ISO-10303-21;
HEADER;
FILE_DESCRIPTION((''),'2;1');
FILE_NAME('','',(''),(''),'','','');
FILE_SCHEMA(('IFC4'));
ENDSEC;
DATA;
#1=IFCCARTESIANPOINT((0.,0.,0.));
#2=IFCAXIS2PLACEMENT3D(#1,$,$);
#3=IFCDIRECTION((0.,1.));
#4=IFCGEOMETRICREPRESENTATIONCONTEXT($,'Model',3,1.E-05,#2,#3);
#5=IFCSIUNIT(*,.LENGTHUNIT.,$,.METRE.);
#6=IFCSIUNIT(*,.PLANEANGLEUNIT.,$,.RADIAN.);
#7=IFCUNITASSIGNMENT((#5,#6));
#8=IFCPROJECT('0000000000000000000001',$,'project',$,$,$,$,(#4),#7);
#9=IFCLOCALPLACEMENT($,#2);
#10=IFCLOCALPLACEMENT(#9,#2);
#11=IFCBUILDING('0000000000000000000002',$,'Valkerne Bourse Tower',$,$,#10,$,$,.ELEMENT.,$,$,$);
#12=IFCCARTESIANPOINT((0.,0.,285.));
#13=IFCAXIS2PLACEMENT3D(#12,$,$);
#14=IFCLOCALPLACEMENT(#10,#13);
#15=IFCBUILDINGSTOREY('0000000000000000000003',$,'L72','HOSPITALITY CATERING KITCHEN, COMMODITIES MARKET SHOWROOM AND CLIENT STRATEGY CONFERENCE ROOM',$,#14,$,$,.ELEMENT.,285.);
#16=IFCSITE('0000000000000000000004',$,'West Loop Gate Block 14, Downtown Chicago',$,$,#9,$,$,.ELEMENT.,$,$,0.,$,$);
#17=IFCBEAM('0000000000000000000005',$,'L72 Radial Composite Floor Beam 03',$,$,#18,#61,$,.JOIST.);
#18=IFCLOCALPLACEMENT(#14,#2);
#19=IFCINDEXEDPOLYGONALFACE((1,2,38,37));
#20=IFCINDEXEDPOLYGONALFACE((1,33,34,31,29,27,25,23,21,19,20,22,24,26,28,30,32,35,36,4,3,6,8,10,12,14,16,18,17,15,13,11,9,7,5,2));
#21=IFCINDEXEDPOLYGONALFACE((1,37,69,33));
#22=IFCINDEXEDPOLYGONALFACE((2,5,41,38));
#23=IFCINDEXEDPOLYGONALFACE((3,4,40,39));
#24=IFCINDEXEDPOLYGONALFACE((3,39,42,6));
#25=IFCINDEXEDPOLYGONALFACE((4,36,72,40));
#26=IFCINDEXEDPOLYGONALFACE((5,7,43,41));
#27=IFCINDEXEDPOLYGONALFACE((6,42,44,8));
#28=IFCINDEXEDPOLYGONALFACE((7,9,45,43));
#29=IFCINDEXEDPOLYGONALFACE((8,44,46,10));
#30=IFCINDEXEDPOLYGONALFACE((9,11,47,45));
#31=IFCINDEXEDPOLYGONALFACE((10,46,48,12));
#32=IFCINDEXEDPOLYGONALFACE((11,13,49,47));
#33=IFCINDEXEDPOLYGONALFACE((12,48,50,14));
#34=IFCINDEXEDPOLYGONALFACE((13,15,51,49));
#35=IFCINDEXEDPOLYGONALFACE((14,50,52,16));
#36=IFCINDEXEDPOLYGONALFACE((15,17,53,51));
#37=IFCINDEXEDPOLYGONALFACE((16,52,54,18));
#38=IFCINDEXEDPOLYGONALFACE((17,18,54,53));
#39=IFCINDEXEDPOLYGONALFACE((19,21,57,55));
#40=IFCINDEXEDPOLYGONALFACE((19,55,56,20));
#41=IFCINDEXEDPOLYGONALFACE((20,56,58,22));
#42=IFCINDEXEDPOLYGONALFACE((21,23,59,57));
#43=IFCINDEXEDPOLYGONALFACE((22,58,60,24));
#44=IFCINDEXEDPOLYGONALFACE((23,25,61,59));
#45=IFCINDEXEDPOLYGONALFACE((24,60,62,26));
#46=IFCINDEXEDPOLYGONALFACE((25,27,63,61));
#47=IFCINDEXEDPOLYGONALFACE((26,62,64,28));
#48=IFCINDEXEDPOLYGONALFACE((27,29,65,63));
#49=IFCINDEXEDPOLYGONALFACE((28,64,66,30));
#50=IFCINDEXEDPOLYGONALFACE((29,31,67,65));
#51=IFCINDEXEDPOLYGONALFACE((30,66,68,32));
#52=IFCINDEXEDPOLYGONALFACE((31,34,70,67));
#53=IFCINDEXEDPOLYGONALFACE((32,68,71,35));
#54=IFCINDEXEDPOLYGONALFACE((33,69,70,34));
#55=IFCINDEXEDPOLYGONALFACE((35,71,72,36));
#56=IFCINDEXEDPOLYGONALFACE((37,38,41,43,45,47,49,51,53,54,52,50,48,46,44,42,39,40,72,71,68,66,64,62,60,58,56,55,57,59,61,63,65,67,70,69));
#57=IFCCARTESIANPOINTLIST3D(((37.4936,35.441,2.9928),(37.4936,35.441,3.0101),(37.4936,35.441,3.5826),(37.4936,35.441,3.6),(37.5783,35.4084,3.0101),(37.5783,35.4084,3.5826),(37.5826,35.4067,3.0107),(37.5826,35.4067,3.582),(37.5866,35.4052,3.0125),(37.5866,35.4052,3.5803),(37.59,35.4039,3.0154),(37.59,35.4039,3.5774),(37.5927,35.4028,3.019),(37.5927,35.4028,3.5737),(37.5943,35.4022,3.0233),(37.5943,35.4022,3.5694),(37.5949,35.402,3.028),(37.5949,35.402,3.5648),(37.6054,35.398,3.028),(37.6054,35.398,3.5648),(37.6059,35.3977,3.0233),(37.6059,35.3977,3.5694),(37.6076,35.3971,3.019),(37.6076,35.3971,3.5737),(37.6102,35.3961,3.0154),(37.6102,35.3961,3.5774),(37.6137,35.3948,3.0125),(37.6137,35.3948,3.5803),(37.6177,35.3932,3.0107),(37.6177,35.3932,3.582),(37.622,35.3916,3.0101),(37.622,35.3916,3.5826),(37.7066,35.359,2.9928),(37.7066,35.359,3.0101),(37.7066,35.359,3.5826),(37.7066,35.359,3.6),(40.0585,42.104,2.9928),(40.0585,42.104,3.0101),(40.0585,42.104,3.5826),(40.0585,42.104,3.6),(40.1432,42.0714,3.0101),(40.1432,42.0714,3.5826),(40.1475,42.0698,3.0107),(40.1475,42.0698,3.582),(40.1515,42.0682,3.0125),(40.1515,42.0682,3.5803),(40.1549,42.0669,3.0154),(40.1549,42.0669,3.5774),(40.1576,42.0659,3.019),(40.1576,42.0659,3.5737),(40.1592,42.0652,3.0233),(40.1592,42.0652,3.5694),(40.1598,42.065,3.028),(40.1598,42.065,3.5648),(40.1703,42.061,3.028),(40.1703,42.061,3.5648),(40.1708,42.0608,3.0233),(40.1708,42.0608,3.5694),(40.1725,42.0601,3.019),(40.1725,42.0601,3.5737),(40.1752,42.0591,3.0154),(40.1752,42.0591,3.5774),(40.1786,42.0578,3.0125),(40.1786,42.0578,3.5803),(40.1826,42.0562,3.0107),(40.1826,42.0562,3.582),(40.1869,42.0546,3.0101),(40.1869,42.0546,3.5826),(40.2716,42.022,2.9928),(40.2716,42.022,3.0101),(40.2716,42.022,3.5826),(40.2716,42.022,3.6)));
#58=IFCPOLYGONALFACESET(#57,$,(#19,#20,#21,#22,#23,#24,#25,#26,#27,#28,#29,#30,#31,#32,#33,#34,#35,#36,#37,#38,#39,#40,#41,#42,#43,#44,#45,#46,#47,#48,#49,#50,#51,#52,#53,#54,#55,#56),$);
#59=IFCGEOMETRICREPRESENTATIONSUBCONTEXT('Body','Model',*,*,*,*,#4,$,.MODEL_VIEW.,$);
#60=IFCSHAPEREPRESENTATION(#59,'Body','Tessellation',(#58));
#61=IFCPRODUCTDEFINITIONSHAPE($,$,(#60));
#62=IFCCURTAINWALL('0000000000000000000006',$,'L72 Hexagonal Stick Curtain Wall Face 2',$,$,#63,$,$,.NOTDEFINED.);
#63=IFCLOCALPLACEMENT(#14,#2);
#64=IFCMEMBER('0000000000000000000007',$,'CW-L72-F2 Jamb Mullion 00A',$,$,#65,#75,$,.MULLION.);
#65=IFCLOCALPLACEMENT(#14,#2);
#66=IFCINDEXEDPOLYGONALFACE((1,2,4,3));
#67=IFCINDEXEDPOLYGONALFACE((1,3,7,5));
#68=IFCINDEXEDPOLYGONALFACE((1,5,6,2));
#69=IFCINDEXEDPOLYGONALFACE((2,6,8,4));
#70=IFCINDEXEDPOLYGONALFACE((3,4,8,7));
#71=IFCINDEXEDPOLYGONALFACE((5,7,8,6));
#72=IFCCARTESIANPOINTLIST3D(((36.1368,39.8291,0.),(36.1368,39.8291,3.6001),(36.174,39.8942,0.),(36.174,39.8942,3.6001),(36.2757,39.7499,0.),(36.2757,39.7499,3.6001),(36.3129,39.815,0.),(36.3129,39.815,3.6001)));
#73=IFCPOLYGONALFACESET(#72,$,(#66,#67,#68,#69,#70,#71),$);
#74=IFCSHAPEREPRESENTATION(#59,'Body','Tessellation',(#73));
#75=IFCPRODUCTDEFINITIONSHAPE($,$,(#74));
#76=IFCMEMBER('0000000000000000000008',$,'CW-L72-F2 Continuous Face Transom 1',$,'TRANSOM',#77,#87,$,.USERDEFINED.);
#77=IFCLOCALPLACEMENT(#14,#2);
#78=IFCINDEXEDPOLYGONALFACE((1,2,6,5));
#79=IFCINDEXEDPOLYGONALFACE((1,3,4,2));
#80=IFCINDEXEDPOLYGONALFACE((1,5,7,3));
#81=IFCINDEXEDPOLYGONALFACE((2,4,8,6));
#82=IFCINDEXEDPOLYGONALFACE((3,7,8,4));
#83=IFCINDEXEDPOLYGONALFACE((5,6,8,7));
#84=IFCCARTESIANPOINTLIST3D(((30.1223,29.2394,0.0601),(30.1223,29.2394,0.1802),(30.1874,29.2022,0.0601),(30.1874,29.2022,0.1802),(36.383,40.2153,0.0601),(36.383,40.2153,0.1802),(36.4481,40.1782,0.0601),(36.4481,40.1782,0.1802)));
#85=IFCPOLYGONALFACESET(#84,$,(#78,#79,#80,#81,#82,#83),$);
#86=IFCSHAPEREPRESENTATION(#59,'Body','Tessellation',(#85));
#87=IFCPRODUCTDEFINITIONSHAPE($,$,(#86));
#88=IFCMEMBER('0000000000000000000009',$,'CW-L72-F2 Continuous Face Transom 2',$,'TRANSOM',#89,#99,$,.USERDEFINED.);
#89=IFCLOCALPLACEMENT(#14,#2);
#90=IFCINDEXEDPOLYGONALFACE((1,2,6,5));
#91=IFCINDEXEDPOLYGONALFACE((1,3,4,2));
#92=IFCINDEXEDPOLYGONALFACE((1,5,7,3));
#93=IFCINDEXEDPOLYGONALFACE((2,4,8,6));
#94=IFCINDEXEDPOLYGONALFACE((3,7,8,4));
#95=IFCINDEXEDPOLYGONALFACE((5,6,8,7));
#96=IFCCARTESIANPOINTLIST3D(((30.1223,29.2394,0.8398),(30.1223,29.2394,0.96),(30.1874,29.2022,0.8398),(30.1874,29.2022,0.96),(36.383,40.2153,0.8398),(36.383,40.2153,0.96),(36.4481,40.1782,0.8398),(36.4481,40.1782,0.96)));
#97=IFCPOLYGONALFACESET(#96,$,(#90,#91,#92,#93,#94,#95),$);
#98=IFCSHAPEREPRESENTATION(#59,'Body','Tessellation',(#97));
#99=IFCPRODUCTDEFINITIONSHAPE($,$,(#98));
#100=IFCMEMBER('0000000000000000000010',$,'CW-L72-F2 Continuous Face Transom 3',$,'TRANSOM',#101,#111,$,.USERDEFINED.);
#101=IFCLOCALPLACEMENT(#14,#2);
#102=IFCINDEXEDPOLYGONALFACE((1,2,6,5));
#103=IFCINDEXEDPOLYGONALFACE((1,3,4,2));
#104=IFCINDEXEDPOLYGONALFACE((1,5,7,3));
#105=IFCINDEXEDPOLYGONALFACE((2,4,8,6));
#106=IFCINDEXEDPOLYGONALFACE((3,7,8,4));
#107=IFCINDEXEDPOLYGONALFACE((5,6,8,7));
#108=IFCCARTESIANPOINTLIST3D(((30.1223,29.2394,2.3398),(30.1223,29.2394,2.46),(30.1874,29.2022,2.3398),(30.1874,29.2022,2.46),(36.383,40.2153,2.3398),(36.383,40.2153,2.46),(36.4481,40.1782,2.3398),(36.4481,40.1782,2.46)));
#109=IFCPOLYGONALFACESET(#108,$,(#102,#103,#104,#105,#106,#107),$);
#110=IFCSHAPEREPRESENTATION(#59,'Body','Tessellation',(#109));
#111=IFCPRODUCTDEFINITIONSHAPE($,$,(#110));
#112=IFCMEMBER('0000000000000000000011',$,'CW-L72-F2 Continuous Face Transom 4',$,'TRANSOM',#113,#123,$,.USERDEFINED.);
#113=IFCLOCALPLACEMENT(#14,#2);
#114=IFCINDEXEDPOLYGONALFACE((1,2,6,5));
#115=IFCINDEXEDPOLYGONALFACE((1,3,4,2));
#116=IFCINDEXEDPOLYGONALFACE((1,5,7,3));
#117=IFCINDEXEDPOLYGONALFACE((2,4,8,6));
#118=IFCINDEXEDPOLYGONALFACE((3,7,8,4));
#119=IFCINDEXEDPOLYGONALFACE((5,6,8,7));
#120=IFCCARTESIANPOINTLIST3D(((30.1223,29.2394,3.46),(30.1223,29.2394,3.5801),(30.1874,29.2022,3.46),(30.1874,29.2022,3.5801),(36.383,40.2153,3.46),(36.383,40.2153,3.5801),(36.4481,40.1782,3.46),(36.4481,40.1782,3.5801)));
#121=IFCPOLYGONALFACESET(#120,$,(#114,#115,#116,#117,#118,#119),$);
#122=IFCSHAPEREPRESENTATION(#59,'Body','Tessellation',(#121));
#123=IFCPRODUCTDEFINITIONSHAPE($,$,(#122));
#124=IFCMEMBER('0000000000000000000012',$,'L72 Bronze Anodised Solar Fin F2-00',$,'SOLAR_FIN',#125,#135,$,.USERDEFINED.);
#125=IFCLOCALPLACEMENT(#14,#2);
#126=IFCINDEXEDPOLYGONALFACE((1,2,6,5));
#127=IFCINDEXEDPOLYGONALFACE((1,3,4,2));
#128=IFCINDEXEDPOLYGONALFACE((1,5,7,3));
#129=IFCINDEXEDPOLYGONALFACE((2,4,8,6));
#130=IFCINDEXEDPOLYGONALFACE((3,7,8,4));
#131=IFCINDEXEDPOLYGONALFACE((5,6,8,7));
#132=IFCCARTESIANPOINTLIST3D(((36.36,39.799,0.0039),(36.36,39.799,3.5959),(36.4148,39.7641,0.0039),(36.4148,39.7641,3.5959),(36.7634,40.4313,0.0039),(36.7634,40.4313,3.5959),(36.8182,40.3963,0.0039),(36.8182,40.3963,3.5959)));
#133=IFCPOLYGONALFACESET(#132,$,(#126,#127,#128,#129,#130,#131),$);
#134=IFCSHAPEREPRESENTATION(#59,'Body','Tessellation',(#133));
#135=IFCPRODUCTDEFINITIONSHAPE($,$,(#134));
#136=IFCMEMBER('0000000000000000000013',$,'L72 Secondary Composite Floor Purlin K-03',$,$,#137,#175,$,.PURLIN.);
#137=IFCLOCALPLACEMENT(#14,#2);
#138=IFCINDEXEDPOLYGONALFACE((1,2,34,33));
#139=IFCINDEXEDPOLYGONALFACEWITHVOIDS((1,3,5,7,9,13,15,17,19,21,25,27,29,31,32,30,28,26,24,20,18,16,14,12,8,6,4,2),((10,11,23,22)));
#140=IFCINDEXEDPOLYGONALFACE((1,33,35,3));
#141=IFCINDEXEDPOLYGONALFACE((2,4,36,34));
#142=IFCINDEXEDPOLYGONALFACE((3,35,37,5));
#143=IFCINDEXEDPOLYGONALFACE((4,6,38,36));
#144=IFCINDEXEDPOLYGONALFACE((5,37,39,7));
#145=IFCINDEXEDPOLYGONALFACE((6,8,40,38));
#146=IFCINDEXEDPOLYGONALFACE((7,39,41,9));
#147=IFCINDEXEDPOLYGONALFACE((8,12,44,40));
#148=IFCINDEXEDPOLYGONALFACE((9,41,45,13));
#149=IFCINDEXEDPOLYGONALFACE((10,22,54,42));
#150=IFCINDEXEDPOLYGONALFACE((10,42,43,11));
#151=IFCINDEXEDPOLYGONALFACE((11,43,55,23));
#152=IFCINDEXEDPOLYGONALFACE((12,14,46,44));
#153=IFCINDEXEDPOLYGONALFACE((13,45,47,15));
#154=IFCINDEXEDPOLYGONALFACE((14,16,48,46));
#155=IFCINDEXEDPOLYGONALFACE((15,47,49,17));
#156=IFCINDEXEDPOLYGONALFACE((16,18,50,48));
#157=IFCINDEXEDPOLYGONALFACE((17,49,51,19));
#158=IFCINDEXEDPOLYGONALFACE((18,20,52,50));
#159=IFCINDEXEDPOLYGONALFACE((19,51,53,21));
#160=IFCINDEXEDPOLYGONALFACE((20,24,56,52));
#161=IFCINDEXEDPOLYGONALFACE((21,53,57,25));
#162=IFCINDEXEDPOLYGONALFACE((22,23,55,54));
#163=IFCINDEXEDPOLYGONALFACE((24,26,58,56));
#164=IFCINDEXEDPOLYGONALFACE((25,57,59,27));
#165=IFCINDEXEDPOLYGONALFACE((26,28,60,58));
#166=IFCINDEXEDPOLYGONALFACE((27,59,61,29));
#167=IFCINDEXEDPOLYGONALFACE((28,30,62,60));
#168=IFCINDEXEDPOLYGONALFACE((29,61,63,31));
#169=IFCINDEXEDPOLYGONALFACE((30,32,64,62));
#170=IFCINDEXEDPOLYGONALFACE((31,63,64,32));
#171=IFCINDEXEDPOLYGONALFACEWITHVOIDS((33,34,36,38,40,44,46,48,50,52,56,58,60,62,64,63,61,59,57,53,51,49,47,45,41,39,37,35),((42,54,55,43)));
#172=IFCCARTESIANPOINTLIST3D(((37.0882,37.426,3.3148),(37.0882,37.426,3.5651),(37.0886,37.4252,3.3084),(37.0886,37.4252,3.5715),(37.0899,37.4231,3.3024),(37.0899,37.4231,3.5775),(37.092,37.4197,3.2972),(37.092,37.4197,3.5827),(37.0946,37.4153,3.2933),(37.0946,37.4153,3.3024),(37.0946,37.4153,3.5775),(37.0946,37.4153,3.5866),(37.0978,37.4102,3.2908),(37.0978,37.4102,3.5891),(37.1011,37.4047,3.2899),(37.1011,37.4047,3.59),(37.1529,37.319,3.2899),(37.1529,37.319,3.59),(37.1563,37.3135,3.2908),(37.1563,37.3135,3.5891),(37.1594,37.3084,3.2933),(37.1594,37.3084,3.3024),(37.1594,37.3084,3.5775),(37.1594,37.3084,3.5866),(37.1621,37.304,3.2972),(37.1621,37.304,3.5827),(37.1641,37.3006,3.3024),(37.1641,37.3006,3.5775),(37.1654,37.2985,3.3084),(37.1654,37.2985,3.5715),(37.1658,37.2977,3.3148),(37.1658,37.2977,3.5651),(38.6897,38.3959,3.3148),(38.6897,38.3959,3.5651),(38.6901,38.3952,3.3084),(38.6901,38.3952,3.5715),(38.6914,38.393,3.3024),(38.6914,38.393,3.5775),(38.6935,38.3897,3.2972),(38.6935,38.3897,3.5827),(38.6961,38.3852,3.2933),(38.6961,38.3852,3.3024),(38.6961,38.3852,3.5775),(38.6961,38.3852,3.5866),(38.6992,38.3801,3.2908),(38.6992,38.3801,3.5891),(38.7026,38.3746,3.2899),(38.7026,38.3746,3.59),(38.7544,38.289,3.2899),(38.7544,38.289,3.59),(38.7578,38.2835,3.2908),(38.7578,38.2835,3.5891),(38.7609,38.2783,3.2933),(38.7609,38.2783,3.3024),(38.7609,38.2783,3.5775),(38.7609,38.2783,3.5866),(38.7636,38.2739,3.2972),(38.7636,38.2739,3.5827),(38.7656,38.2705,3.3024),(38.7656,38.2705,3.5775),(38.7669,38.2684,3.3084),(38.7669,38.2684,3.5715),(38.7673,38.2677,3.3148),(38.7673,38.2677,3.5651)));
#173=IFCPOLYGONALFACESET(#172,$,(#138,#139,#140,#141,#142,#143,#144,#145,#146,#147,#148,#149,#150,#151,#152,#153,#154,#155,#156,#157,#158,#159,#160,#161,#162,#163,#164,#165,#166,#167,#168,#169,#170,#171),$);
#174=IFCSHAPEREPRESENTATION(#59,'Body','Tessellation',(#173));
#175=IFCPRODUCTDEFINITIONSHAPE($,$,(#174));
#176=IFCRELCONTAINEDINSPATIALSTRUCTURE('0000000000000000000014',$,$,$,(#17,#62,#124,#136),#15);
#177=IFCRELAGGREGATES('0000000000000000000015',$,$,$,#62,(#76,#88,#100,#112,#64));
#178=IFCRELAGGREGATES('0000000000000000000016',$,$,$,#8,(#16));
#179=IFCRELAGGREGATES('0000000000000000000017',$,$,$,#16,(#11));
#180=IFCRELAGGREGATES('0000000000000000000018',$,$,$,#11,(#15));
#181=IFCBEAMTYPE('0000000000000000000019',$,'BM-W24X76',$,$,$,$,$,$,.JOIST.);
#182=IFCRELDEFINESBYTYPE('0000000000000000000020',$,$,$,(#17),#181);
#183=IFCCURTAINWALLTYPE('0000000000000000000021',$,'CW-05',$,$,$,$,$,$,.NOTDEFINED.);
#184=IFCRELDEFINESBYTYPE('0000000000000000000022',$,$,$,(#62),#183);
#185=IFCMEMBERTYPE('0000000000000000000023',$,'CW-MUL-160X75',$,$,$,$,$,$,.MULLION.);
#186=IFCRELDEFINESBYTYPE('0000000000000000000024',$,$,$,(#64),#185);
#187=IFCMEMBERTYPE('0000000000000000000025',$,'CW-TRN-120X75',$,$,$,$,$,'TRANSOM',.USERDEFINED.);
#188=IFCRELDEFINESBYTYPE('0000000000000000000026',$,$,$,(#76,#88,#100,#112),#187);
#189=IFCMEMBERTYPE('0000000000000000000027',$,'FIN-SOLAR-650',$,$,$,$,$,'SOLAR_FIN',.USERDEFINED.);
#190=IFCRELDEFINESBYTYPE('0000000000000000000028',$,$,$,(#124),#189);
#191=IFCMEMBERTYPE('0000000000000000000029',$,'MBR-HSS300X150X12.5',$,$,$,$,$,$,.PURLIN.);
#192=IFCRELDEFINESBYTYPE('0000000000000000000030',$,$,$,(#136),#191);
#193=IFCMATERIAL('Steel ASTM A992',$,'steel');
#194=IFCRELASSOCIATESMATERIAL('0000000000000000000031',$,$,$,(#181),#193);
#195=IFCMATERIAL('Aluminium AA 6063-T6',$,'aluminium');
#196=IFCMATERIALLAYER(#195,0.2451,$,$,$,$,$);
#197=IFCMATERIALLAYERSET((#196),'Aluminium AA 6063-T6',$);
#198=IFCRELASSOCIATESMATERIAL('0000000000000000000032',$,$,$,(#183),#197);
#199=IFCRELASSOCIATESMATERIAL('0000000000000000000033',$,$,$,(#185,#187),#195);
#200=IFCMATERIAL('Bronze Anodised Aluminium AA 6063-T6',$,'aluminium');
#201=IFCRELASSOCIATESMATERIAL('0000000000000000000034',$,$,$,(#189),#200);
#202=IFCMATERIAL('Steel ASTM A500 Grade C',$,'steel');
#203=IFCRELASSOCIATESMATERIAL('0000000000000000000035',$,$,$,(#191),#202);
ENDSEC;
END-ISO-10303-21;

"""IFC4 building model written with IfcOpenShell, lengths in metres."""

from ifc_helpers import new_model, si_unit, direction, frame, origin, origin_2d, place, context, subcontext, project, spatial, rectangle, hollow_rectangle, i_section, extrude, material, layer, layer_set, material_profile, profile_set, type_object, element, aggregate, save


model = new_model("IFC4")

# Units and contexts
model_context = context("Model", 3, precision=1e-05, world=origin(), true_north=direction((0.0, 1.0)))
body_context = subcontext(model_context, "Body", "Model", "MODEL_VIEW")
ifc_project = project(units=[si_unit("LENGTHUNIT", "METRE"), si_unit("PLANEANGLEUNIT", "RADIAN")], contexts=[model_context])

# Site, building, storey
site_placement = place(None, origin())
site = spatial("IfcSite", under=ifc_project, at=site_placement, Name="West Loop Gate Block 14, Downtown Chicago", CompositionType="ELEMENT", RefElevation=0.0)
building_placement = place(site_placement, origin())
building = spatial("IfcBuilding", under=site, at=building_placement, Name="Valkerne Bourse Tower", CompositionType="ELEMENT")
storey_placement = place(building_placement, frame((0.0, 0.0, 285.0)))
storey = spatial("IfcBuildingStorey", under=building, at=storey_placement, Name="L72", Description="HOSPITALITY CATERING KITCHEN, COMMODITIES MARKET SHOWROOM AND CLIENT STRATEGY CONFERENCE ROOM", CompositionType="ELEMENT", Elevation=285.0)

# Beam
ifc_material_1 = material(Name="Steel ASTM A992", Category="steel")
ifc_material_profile_1 = material_profile(ifc_material_1, i_section(OverallWidth=0.2283, OverallDepth=0.6072, WebThickness=0.0112, FlangeThickness=0.0173, FilletRadius=0.0178, at=origin_2d()), Name="W24X76")
ifc_profile_set_1 = profile_set([ifc_material_profile_1], Name="Steel ASTM A992")
beam_type_1 = type_object("IfcBeamType", Name="BM-W24X76", PredefinedType="JOIST", material=ifc_profile_set_1)
beam_1_placement = place(storey_placement, frame((40.165, 42.063, 3.2964), z_axis=(-0.359249, -0.933242, 0.0), x_axis=(0.933242, -0.359249, 0.0)))
element("IfcBeam", 1, at=beam_1_placement, inside=storey, type_object=beam_type_1, Name="L72 Radial Composite Floor Beam 03", PredefinedType="JOIST", context=body_context, shape_type="SweptSolid", body=[
    extrude(i_section(OverallWidth=0.2283, OverallDepth=0.6072, WebThickness=0.0112, FlangeThickness=0.0173, FilletRadius=0.0178, at=origin_2d()), origin(), (0.0, 0.0, 1.0), 7.1396),
])

# Curtain wall, members
ifc_material_2 = material(Name="Aluminium AA 6063-T6", Category="aluminium")
ifc_layer_1 = layer(ifc_material_2, 0.2451)
ifc_layer_set_1 = layer_set([ifc_layer_1], Name="Aluminium AA 6063-T6")
curtain_wall_type = type_object("IfcCurtainWallType", Name="CW-05", PredefinedType="NOTDEFINED", material=ifc_layer_set_1)
curtain_wall_placement = place(storey_placement, origin())
curtain_wall = element("IfcCurtainWall", 2, at=curtain_wall_placement, inside=storey, type_object=curtain_wall_type, Name="L72 Hexagonal Stick Curtain Wall Face 2", PredefinedType="NOTDEFINED")
ifc_material_profile_2 = material_profile(ifc_material_2, rectangle(XDim=0.075, YDim=0.1599, at=origin_2d()), Name="CWM-75X160")
ifc_profile_set_2 = profile_set([ifc_material_profile_2], Name="Aluminium AA 6063-T6")
member_type_1 = type_object("IfcMemberType", Name="CW-MUL-160X75", PredefinedType="MULLION", material=ifc_profile_set_2)
member_1_placement = place(storey_placement, frame((36.2249, 39.822, 0.0), z_axis=(0.0, 0.0, 1.0), x_axis=(-0.495461, -0.86863, 0.0)))
member_1 = element("IfcMember", 3, at=member_1_placement, type_object=member_type_1, Name="CW-L72-F2 Jamb Mullion 00A", PredefinedType="MULLION", context=body_context, shape_type="SweptSolid", body=[
    extrude(rectangle(XDim=0.075, YDim=0.1599, at=origin_2d()), origin(), (0.0, 0.0, 1.0), 3.6001),
])
ifc_material_profile_3 = material_profile(ifc_material_2, rectangle(XDim=0.075, YDim=0.1201, at=origin_2d()), Name="CWT-75X120")
ifc_profile_set_3 = profile_set([ifc_material_profile_3], Name="Aluminium AA 6063-T6")
member_type_2 = type_object("IfcMemberType", Name="CW-TRN-120X75", ElementType="TRANSOM", PredefinedType="USERDEFINED", material=ifc_profile_set_3)
member_2_placement = place(storey_placement, frame((36.4155, 40.1968, 0.1201), z_axis=(-0.495465, -0.868628, 0.0), x_axis=(0.868628, -0.495465, 0.0)))
member_2 = element("IfcMember", 4, at=member_2_placement, type_object=member_type_2, Name="CW-L72-F2 Continuous Face Transom 1", ObjectType="TRANSOM", PredefinedType="USERDEFINED", context=body_context, shape_type="SweptSolid", body=[
    extrude(rectangle(XDim=0.075, YDim=0.1201, at=origin_2d()), origin(), (0.0, 0.0, 1.0), 12.636),
])
member_3_placement = place(storey_placement, frame((36.4155, 40.1968, 0.8999), z_axis=(-0.495465, -0.868628, 0.0), x_axis=(0.868628, -0.495465, 0.0)))
member_3 = element("IfcMember", 5, at=member_3_placement, type_object=member_type_2, Name="CW-L72-F2 Continuous Face Transom 2", ObjectType="TRANSOM", PredefinedType="USERDEFINED", context=body_context, shape_type="SweptSolid", body=[
    extrude(rectangle(XDim=0.075, YDim=0.1201, at=origin_2d()), origin(), (0.0, 0.0, 1.0), 12.636),
])
member_4_placement = place(storey_placement, frame((36.4155, 40.1968, 2.3999), z_axis=(-0.495465, -0.868628, 0.0), x_axis=(0.868628, -0.495465, 0.0)))
member_4 = element("IfcMember", 6, at=member_4_placement, type_object=member_type_2, Name="CW-L72-F2 Continuous Face Transom 3", ObjectType="TRANSOM", PredefinedType="USERDEFINED", context=body_context, shape_type="SweptSolid", body=[
    extrude(rectangle(XDim=0.075, YDim=0.1201, at=origin_2d()), origin(), (0.0, 0.0, 1.0), 12.636),
])
member_5_placement = place(storey_placement, frame((36.4155, 40.1968, 3.52), z_axis=(-0.495465, -0.868628, 0.0), x_axis=(0.868628, -0.495465, 0.0)))
member_5 = element("IfcMember", 7, at=member_5_placement, type_object=member_type_2, Name="CW-L72-F2 Continuous Face Transom 4", ObjectType="TRANSOM", PredefinedType="USERDEFINED", context=body_context, shape_type="SweptSolid", body=[
    extrude(rectangle(XDim=0.075, YDim=0.1201, at=origin_2d()), origin(), (0.0, 0.0, 1.0), 12.636),
])

# Members
ifc_material_3 = material(Name="Bronze Anodised Aluminium AA 6063-T6", Category="aluminium")
ifc_material_profile_4 = material_profile(ifc_material_3, rectangle(XDim=0.0649, YDim=0.75, at=origin_2d()), Name="FIN-65X750")
ifc_profile_set_4 = profile_set([ifc_material_profile_4], Name="Bronze Anodised Aluminium AA 6063-T6")
member_type_3 = type_object("IfcMemberType", Name="FIN-SOLAR-650", ElementType="SOLAR_FIN", PredefinedType="USERDEFINED", material=ifc_profile_set_4)
member_6_placement = place(storey_placement, frame((36.5891, 40.0977, 0.0039), z_axis=(0.0, 0.0, 1.0), x_axis=(-0.843023, 0.537877, 0.0)))
element("IfcMember", 8, at=member_6_placement, inside=storey, type_object=member_type_3, Name="L72 Bronze Anodised Solar Fin F2-00", ObjectType="SOLAR_FIN", PredefinedType="USERDEFINED", context=body_context, shape_type="SweptSolid", body=[
    extrude(rectangle(XDim=0.0649, YDim=0.75, at=origin_2d()), origin(), (0.0, 0.0, 1.0), 3.592),
])
ifc_material_4 = material(Name="Steel ASTM A500 Grade C", Category="steel")
ifc_material_profile_5 = material_profile(ifc_material_4, hollow_rectangle(XDim=0.1499, YDim=0.3, WallThickness=0.0125, OuterFilletRadius=0.0249, at=origin_2d()), Name="HSS300X150X12.5")
ifc_profile_set_5 = profile_set([ifc_material_profile_5], Name="Steel ASTM A500 Grade C")
member_type_4 = type_object("IfcMemberType", Name="MBR-HSS300X150X12.5", PredefinedType="PURLIN", material=ifc_profile_set_5)
member_7_placement = place(storey_placement, frame((38.7285, 38.3318, 3.4399), z_axis=(-0.855357, -0.518039, 0.0), x_axis=(0.518039, -0.855357, 0.0)))
element("IfcMember", 9, at=member_7_placement, inside=storey, type_object=member_type_4, Name="L72 Secondary Composite Floor Purlin K-03", PredefinedType="PURLIN", context=body_context, shape_type="SweptSolid", body=[
    extrude(hollow_rectangle(XDim=0.1499, YDim=0.3, WallThickness=0.0125, OuterFilletRadius=0.0249, at=origin_2d()), origin(), (0.0, 0.0, 1.0), 1.8723),
])

aggregate(curtain_wall, [member_2, member_3, member_4, member_5, member_1])

save(model, "model.ifc")
